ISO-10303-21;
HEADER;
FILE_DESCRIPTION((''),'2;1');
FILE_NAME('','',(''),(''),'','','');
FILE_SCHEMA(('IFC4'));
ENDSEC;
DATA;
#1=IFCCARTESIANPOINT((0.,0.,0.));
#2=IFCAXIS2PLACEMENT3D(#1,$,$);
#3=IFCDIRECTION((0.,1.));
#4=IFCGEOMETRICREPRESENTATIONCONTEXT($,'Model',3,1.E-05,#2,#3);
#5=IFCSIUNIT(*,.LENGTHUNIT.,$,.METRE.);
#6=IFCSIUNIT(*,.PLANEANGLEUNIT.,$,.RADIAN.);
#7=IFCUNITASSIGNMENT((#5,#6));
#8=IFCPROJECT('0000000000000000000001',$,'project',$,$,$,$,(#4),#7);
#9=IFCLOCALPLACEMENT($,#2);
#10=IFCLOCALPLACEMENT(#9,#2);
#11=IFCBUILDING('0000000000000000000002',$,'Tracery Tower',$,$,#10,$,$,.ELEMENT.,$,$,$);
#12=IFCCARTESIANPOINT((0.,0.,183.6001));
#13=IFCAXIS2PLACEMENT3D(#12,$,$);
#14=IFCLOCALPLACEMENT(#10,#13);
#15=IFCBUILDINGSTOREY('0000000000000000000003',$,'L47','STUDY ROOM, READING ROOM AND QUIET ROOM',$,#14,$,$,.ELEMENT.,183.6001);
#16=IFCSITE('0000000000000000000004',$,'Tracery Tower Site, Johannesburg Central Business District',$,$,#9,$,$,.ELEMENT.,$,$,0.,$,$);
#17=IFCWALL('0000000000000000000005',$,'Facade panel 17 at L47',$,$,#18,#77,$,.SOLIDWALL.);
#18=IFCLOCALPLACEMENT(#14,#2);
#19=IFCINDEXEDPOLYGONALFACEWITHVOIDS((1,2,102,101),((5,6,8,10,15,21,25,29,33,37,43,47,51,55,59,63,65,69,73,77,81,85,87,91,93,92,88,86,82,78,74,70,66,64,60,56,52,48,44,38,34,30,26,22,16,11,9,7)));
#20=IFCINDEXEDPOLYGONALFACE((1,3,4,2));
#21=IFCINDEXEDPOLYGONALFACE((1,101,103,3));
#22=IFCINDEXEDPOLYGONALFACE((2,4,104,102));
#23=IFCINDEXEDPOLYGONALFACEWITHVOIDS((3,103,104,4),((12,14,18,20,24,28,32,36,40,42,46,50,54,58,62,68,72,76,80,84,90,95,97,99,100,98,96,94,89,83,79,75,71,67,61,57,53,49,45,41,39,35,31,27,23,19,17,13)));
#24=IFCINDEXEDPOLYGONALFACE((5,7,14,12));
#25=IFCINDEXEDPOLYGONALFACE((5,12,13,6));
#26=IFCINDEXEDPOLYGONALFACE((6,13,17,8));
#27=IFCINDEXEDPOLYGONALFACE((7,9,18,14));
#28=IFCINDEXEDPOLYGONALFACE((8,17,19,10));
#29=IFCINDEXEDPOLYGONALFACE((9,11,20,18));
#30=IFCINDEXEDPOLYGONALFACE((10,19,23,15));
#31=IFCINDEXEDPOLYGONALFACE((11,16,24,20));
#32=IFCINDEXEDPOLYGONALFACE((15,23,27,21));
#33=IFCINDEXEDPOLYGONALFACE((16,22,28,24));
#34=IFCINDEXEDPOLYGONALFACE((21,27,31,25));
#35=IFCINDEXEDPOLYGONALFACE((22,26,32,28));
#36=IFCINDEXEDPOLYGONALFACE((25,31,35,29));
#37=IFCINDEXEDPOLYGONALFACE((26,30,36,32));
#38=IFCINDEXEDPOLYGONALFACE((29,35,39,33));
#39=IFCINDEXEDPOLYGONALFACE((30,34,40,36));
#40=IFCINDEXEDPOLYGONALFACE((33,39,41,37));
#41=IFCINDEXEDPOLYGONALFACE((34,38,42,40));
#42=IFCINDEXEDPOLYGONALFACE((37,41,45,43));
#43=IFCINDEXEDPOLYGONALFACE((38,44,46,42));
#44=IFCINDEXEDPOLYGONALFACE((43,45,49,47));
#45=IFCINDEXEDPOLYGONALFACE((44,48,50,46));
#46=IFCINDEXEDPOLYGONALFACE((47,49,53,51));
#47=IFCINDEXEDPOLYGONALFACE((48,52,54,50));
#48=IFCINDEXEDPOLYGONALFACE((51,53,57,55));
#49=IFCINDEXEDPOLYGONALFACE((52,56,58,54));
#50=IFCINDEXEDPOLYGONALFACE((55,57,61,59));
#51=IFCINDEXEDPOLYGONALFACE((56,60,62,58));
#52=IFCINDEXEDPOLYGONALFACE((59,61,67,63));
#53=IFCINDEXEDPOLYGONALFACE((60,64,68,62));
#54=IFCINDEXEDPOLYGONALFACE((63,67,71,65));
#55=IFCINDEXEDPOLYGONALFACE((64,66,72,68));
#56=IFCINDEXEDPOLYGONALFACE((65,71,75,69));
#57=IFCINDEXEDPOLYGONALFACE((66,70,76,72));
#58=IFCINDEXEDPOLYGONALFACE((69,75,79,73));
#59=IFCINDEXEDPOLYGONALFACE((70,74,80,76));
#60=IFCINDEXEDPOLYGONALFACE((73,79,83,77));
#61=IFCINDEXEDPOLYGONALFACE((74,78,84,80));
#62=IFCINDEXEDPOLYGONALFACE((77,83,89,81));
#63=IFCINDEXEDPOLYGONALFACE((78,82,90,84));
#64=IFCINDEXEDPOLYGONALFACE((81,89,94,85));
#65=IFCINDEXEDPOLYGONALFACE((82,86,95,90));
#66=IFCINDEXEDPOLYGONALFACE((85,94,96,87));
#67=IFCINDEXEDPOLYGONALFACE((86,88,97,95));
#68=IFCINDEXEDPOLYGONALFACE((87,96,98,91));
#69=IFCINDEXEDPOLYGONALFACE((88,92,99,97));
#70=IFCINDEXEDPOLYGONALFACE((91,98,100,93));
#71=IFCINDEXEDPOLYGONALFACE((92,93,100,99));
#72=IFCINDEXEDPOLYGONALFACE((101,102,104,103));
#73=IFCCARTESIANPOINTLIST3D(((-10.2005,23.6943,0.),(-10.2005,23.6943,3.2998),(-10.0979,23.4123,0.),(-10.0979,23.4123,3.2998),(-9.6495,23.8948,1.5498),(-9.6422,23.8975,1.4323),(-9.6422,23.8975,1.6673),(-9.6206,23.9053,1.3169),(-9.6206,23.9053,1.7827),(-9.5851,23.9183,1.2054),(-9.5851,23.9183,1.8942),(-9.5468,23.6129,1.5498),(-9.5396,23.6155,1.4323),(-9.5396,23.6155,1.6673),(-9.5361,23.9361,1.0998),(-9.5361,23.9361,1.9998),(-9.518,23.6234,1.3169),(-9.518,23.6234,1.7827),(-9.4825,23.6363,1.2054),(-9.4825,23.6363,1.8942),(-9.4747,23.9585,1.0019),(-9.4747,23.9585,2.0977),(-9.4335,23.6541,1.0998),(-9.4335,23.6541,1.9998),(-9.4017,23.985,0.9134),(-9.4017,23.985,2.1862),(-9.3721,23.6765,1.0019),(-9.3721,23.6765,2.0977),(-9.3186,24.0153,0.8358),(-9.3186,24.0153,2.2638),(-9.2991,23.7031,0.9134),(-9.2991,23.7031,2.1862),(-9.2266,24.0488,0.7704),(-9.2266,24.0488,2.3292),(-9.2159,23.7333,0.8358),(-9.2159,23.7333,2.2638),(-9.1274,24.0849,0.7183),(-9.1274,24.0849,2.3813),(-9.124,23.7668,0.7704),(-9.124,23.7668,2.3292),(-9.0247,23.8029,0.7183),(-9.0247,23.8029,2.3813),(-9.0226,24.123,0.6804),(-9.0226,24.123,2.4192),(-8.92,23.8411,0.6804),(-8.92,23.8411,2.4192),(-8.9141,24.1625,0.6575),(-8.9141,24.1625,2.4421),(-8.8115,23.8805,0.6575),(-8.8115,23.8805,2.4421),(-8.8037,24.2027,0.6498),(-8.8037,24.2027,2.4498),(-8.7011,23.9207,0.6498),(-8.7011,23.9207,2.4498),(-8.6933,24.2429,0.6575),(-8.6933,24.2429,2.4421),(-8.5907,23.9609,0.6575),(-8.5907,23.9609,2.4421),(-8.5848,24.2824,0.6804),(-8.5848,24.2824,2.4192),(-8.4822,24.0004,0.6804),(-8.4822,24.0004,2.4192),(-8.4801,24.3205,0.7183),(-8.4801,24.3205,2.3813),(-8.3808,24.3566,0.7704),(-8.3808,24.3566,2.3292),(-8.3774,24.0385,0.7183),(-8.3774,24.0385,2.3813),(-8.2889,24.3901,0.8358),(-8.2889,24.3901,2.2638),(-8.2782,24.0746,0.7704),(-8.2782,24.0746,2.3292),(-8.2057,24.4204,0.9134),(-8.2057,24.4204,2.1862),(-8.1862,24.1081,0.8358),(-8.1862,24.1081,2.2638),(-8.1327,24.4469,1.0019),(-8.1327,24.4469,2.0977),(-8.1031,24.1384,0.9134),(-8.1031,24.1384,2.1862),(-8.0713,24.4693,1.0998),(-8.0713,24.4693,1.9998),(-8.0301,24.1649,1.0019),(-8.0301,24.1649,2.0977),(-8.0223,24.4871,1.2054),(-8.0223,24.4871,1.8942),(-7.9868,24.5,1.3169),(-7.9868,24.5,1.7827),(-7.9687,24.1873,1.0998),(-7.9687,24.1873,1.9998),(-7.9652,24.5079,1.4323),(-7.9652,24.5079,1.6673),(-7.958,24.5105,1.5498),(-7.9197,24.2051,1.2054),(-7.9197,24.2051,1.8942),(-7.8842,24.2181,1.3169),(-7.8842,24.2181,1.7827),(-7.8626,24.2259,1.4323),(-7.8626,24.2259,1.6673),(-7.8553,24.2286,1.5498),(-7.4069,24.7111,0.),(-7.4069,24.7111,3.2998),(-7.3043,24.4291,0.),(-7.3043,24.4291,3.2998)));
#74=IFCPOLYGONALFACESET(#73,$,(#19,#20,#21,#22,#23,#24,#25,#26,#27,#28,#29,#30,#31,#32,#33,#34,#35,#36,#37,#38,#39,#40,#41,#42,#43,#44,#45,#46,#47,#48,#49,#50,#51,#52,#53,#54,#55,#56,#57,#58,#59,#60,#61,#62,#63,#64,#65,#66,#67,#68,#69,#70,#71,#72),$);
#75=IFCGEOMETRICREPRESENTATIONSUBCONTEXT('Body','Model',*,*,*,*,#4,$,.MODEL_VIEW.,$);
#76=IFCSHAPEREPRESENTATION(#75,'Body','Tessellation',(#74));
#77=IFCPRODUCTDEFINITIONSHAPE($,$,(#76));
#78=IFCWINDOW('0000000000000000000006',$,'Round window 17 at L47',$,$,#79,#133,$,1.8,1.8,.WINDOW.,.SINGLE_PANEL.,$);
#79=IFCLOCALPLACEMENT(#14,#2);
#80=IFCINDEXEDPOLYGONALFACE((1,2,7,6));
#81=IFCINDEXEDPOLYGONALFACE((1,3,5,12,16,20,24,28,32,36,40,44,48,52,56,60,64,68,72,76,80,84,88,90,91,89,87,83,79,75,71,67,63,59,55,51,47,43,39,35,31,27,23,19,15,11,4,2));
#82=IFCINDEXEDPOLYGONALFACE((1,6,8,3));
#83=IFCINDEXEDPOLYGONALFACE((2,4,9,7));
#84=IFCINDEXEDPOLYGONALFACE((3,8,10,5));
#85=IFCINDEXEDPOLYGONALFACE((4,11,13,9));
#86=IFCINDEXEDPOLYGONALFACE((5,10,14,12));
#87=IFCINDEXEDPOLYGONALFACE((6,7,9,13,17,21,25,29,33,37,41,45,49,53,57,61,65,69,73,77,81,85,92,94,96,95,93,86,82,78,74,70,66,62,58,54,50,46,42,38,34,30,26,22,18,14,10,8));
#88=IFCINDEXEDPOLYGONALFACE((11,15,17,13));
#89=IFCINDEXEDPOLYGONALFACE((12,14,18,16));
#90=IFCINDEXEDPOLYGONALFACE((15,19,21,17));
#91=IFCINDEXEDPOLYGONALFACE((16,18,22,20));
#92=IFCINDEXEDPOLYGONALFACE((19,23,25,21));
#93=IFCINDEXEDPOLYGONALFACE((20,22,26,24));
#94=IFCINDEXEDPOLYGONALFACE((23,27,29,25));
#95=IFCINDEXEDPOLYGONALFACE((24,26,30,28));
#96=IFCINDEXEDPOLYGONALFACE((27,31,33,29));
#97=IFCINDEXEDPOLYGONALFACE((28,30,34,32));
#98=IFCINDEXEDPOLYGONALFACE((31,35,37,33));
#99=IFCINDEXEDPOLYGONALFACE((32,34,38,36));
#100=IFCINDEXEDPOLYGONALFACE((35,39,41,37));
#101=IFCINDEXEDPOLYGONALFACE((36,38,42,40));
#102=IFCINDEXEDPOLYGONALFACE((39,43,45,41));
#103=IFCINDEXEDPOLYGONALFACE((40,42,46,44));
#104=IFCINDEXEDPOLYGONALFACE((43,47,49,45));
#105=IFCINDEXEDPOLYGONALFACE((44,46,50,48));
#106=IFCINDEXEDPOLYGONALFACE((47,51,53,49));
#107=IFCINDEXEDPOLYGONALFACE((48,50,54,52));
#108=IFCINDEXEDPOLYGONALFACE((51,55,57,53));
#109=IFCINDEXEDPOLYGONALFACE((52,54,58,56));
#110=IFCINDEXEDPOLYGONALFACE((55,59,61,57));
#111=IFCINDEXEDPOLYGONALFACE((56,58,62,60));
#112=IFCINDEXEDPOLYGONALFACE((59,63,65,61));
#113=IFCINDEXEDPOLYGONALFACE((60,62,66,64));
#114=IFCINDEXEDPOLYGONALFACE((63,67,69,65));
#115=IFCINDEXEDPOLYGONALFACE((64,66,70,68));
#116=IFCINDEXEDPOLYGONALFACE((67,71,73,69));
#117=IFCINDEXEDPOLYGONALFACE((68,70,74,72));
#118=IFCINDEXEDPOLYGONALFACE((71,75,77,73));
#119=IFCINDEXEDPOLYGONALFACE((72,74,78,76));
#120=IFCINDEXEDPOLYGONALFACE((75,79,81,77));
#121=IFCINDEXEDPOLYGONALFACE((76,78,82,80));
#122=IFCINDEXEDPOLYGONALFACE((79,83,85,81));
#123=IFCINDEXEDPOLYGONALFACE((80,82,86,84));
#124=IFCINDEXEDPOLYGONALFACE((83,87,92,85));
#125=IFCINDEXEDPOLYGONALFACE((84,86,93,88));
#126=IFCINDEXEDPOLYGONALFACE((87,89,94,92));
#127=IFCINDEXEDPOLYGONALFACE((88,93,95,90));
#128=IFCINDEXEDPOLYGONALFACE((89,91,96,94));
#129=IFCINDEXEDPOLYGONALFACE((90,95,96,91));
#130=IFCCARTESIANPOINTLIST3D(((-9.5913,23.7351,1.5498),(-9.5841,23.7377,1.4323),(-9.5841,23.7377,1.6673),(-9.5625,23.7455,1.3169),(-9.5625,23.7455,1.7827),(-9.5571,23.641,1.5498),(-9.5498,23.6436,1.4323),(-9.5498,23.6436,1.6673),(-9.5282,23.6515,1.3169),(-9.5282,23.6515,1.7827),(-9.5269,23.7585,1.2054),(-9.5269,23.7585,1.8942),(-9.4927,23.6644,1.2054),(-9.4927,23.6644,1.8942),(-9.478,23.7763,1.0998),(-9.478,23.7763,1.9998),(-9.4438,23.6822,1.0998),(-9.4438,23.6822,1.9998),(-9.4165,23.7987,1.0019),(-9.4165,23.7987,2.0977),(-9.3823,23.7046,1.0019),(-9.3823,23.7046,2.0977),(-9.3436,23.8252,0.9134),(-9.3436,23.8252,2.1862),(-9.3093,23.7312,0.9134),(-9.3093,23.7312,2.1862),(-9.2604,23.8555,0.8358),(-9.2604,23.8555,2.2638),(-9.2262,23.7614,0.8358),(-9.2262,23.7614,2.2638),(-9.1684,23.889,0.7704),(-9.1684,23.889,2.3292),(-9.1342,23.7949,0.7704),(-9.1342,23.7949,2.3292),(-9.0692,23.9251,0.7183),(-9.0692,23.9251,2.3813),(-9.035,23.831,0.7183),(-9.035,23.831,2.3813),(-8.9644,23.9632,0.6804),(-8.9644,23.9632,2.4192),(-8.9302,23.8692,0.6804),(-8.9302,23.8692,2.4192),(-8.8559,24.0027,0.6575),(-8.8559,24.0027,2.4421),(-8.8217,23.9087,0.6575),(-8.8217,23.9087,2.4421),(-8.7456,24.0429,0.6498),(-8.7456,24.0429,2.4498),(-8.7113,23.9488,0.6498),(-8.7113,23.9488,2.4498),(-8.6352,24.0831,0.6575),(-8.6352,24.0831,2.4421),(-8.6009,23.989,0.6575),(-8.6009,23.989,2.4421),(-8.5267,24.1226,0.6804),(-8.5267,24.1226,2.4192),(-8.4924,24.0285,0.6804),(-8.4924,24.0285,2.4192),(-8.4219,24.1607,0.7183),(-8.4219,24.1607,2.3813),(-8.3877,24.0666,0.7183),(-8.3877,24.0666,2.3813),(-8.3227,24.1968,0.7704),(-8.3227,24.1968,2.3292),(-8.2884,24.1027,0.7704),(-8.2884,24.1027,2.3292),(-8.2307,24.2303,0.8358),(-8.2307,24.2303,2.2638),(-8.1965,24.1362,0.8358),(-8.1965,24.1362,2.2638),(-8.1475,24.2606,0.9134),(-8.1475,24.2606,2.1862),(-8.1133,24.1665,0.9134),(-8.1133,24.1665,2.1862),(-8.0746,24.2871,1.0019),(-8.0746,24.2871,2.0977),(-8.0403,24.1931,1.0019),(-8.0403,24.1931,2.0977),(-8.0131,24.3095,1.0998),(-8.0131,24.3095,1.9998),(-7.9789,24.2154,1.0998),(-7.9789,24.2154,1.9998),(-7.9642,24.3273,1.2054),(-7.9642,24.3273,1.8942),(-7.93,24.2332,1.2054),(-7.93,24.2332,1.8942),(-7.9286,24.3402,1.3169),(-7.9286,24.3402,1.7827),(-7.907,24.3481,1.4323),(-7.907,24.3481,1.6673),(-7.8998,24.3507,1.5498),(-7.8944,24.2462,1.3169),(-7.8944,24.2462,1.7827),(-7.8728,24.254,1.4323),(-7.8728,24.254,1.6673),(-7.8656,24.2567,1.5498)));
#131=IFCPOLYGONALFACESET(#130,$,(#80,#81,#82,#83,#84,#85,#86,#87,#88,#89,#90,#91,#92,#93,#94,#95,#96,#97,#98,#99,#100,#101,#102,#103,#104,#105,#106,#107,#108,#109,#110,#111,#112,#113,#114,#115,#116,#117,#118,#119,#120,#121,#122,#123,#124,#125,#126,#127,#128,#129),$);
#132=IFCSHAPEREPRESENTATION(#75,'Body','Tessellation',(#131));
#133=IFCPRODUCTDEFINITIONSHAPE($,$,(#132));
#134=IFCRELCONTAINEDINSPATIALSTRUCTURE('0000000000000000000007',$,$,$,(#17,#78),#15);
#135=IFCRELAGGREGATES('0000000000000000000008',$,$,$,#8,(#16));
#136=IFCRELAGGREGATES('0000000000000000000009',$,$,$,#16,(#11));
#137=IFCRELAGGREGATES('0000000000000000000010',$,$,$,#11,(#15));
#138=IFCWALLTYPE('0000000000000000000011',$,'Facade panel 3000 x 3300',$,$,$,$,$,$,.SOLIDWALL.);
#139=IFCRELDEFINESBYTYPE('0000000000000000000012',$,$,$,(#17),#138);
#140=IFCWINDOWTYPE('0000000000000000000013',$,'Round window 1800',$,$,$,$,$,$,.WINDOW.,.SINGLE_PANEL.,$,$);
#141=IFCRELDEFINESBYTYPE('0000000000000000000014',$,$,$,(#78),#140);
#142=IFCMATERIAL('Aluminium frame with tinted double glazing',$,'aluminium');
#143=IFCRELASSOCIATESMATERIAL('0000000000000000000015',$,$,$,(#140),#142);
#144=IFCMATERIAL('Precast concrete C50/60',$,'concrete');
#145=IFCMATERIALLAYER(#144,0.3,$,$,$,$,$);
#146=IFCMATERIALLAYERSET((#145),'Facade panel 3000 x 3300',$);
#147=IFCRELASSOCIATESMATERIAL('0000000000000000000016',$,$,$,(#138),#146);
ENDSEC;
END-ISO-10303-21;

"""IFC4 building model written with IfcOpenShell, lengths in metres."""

from ifc_helpers import new_model, si_unit, direction, frame, frame_2d, origin, origin_2d, place, context, subcontext, project, spatial, rectangle, circle, extrude, material, layer, layer_set, type_object, element, fill, save


model = new_model("IFC4")

# Units and contexts
model_context = context("Model", 3, precision=1e-05, world=origin(), true_north=direction((0.0, 1.0)))
body_context = subcontext(model_context, "Body", "Model", "MODEL_VIEW")
ifc_project = project(units=[si_unit("LENGTHUNIT", "METRE"), si_unit("PLANEANGLEUNIT", "RADIAN")], contexts=[model_context])

# Site, building, storey
site_placement = place(None, origin())
site = spatial("IfcSite", under=ifc_project, at=site_placement, Name="Tracery Tower Site, Johannesburg Central Business District", CompositionType="ELEMENT", RefElevation=0.0)
building_placement = place(site_placement, origin())
building = spatial("IfcBuilding", under=site, at=building_placement, Name="Tracery Tower", CompositionType="ELEMENT")
storey_placement = place(building_placement, frame((0.0, 0.0, 183.6001)))
storey = spatial("IfcBuildingStorey", under=building, at=storey_placement, Name="L47", Description="STUDY ROOM, READING ROOM AND QUIET ROOM", CompositionType="ELEMENT", Elevation=183.6001)

# Wall, opening, window
ifc_material_1 = material(Name="Aluminium frame with tinted double glazing", Category="aluminium")
window_type = type_object("IfcWindowType", Name="Round window 1800", PartitioningType="SINGLE_PANEL", PredefinedType="WINDOW", material=ifc_material_1)
ifc_material_2 = material(Name="Precast concrete C50/60", Category="concrete")
ifc_layer_1 = layer(ifc_material_2, 0.3)
ifc_layer_set_1 = layer_set([ifc_layer_1], Name="Facade panel 3000 x 3300")
wall_type_1 = type_object("IfcWallType", Name="Facade panel 3000 x 3300", PredefinedType="SOLIDWALL", material=ifc_layer_set_1)
wall_1_placement = place(storey_placement, frame((-7.3557, 24.5701, 0.0), z_axis=(0.0, 0.0, 1.0), x_axis=(-0.93969, -0.342027, 0.0)))
wall_1 = element("IfcWall", 1, at=wall_1_placement, inside=storey, type_object=wall_type_1, Name="Facade panel 17 at L47", PredefinedType="SOLIDWALL", context=body_context, shape_type="SweptSolid", body=[
    extrude(rectangle(XDim=2.9729, YDim=0.3, at=frame_2d((1.4863, 0.0))), origin(), (0.0, 0.0, 1.0), 3.2998),
])
opening_1_placement = place(wall_1_placement, frame((1.4863, 0.0, 1.5498)))
opening_1 = element("IfcOpeningElement", 2, at=opening_1_placement, cuts=wall_1, PredefinedType="OPENING", context=body_context, shape_type="SweptSolid", body=[
    extrude(circle(Radius=0.9, at=origin_2d()), frame((0.0, 0.1599, 0.0), z_axis=(0.0, -1.0, 0.0), x_axis=(1.0, 0.0, 0.0)), (0.0, 0.0, 1.0), 0.3201),
])
window_1_placement = place(opening_1_placement, origin())
window_1 = element("IfcWindow", 3, at=window_1_placement, inside=storey, type_object=window_type, Name="Round window 17 at L47", OverallHeight=1.8, OverallWidth=1.8, PartitioningType="SINGLE_PANEL", PredefinedType="WINDOW", context=body_context, shape_type="SweptSolid", body=[
    extrude(circle(Radius=0.9, at=origin_2d()), frame((0.0, 0.1201, 0.0), z_axis=(0.0, -1.0, 0.0), x_axis=(1.0, 0.0, 0.0)), (0.0, 0.0, 1.0), 0.1001),
])
fill(opening_1, window_1)

save(model, "model.ifc")
